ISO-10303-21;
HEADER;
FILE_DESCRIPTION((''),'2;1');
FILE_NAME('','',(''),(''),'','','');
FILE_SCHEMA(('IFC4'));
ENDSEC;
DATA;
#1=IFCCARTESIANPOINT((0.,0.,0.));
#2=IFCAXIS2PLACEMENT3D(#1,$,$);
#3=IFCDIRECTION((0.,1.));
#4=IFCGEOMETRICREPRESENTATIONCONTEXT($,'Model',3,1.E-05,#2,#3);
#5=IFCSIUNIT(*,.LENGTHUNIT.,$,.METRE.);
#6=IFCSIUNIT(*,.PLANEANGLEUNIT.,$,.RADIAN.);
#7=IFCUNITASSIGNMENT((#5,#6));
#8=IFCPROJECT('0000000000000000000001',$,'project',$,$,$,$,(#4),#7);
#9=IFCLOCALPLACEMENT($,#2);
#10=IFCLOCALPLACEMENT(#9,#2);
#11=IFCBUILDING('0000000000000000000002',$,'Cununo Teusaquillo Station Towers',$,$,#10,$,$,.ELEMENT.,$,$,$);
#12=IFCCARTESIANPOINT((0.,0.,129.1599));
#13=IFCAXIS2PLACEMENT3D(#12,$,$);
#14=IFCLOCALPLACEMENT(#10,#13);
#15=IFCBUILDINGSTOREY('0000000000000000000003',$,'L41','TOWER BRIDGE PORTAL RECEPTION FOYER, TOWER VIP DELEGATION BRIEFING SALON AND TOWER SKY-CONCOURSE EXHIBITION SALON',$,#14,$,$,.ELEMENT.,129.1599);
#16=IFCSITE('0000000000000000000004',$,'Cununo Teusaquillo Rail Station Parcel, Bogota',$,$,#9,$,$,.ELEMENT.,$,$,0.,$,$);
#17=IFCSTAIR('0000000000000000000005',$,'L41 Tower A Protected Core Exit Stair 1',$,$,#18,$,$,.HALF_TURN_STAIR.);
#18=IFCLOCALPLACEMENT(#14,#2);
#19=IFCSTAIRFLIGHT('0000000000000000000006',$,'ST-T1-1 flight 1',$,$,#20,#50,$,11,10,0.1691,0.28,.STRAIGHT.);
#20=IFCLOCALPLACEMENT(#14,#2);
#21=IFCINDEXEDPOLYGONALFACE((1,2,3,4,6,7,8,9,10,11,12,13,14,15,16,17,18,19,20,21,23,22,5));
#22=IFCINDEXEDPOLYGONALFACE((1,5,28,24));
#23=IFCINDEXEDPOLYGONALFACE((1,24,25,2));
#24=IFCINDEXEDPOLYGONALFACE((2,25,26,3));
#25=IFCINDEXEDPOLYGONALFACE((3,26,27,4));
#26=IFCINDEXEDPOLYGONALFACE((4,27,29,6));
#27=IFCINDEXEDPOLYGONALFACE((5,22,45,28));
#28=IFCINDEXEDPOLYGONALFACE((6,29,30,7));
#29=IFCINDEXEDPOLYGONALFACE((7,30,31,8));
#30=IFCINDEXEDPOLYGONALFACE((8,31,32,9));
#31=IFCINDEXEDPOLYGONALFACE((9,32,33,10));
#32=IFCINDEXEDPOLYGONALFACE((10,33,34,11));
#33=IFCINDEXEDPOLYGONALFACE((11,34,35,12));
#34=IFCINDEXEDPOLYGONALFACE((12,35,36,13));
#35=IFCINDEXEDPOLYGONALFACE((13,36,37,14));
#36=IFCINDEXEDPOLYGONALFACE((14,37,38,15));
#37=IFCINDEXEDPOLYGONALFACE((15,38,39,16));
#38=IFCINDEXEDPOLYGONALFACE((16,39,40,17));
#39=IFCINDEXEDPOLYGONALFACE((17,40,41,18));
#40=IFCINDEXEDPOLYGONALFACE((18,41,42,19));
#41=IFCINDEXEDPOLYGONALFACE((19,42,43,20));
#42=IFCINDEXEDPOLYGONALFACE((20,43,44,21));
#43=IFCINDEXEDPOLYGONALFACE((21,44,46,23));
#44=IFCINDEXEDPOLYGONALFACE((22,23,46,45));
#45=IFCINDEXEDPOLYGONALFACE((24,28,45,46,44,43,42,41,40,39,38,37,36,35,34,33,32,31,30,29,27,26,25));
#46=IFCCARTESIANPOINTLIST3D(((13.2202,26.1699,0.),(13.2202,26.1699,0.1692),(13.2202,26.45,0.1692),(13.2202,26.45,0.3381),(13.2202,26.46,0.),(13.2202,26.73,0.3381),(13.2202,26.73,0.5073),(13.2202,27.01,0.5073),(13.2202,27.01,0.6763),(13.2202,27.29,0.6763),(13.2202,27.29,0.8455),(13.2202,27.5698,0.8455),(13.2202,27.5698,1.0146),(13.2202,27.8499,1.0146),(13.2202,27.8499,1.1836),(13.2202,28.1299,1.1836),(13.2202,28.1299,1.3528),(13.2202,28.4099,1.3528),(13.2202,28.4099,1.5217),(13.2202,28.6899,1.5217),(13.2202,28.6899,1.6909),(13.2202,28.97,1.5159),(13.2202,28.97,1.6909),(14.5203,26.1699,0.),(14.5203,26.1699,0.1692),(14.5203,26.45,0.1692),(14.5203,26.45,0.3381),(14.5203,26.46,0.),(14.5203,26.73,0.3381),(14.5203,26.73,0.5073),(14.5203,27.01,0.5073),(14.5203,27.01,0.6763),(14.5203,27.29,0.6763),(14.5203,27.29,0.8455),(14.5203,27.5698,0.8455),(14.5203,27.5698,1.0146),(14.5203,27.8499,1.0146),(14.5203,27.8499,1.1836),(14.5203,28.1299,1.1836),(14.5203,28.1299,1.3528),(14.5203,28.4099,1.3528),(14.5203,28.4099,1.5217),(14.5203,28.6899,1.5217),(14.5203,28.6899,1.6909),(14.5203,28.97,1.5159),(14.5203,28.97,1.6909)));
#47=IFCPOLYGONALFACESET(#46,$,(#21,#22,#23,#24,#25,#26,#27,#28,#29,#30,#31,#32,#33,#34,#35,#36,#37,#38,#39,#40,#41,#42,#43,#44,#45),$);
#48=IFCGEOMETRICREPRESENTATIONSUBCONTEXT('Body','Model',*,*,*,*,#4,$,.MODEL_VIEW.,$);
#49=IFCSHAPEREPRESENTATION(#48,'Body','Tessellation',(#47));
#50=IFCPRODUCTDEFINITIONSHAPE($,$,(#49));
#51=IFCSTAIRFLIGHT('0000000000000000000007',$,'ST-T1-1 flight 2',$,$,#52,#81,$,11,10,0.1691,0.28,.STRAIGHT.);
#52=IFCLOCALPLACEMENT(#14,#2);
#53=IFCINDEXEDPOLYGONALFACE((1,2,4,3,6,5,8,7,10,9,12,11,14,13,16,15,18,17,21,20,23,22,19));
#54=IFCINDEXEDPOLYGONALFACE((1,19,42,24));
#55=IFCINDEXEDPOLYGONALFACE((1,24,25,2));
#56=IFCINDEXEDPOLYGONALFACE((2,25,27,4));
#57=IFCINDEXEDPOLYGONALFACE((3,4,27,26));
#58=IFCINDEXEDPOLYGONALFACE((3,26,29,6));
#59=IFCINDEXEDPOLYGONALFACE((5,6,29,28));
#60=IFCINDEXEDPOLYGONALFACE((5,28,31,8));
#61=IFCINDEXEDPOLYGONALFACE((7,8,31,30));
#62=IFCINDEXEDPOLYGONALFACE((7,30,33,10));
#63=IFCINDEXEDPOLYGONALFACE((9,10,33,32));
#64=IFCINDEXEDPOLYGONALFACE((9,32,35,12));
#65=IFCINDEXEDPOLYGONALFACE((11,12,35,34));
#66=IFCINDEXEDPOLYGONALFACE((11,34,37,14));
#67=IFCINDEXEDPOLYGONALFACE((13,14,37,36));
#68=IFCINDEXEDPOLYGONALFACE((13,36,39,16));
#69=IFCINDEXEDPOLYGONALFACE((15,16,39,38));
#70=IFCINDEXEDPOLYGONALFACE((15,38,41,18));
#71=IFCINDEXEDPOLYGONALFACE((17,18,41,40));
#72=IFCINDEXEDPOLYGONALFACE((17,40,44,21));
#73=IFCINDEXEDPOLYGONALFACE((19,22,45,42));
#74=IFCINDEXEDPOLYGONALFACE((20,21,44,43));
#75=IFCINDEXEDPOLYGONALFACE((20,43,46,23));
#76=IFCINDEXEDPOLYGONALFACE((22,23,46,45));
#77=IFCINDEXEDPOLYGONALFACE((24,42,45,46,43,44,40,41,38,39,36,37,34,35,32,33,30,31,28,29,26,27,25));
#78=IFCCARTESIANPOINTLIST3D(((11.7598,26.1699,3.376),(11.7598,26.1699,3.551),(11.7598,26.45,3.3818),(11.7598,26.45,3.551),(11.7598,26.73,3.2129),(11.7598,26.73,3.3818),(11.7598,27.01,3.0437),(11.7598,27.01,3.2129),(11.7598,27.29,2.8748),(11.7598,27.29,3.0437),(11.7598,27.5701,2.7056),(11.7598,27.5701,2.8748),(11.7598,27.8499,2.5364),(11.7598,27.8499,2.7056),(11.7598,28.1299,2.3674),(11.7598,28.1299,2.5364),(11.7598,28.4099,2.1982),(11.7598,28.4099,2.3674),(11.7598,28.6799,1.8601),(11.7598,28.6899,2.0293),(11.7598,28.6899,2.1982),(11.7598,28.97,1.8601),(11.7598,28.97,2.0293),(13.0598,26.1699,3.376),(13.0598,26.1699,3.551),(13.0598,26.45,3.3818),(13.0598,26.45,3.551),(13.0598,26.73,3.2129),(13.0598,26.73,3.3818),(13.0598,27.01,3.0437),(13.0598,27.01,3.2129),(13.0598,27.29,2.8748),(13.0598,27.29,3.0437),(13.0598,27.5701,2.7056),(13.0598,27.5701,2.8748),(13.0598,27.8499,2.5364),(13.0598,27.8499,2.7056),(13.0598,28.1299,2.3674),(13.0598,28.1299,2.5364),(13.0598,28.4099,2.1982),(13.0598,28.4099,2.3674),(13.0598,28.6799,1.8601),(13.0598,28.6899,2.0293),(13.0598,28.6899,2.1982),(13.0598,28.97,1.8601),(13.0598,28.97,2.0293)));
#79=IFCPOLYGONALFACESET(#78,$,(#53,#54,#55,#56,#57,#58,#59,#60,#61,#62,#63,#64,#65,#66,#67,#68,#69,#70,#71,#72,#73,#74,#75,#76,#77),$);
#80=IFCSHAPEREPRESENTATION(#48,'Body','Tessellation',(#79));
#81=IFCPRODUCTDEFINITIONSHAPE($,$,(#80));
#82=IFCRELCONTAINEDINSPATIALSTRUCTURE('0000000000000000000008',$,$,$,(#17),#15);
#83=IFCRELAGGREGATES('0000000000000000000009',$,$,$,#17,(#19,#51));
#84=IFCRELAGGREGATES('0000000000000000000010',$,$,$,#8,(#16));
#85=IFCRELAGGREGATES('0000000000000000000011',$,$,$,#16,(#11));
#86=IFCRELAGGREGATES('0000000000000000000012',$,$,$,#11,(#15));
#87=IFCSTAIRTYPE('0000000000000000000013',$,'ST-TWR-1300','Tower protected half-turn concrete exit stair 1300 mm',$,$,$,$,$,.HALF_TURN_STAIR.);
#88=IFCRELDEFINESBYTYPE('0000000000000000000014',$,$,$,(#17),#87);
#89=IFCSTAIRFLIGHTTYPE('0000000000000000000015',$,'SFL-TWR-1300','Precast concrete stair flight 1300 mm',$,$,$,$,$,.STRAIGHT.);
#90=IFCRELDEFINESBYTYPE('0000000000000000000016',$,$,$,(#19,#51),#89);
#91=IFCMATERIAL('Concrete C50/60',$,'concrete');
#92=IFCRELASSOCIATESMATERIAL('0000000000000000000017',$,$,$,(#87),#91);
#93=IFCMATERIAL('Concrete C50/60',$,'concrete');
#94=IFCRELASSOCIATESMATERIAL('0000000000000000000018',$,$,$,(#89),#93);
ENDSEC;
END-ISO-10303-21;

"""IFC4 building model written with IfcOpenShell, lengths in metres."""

from ifc_helpers import new_model, si_unit, direction, frame, origin, place, context, subcontext, project, spatial, polyline, outline, extrude, material, type_object, element, aggregate, save


model = new_model("IFC4")

# Units and contexts
model_context = context("Model", 3, precision=1e-05, world=origin(), true_north=direction((0.0, 1.0)))
body_context = subcontext(model_context, "Body", "Model", "MODEL_VIEW")
ifc_project = project(units=[si_unit("LENGTHUNIT", "METRE"), si_unit("PLANEANGLEUNIT", "RADIAN")], contexts=[model_context])

# Site, building, storey
site_placement = place(None, origin())
site = spatial("IfcSite", under=ifc_project, at=site_placement, Name="Cununo Teusaquillo Rail Station Parcel, Bogota", CompositionType="ELEMENT", RefElevation=0.0)
building_placement = place(site_placement, origin())
building = spatial("IfcBuilding", under=site, at=building_placement, Name="Cununo Teusaquillo Station Towers", CompositionType="ELEMENT")
storey_placement = place(building_placement, frame((0.0, 0.0, 129.1599)))
storey = spatial("IfcBuildingStorey", under=building, at=storey_placement, Name="L41", Description="TOWER BRIDGE PORTAL RECEPTION FOYER, TOWER VIP DELEGATION BRIEFING SALON AND TOWER SKY-CONCOURSE EXHIBITION SALON", CompositionType="ELEMENT", Elevation=129.1599)

# Stair, stair flights
ifc_material_1 = material(Name="Concrete C50/60", Category="concrete")
stair_type = type_object("IfcStairType", Name="ST-TWR-1300", Description="Tower protected half-turn concrete exit stair 1300 mm", PredefinedType="HALF_TURN_STAIR", material=ifc_material_1)
stair_placement = place(storey_placement, origin())
stair = element("IfcStair", 1, at=stair_placement, inside=storey, type_object=stair_type, Name="L41 Tower A Protected Core Exit Stair 1", PredefinedType="HALF_TURN_STAIR")
ifc_material_2 = material(Name="Concrete C50/60", Category="concrete")
stair_flight_type = type_object("IfcStairFlightType", Name="SFL-TWR-1300", Description="Precast concrete stair flight 1300 mm", PredefinedType="STRAIGHT", material=ifc_material_2)
stair_flight_1_placement = place(storey_placement, frame((13.8701, 26.1699, 0.0), z_axis=(0.0, 0.0, 1.0), x_axis=(0.0, 1.0, 0.0)))
stair_flight_1 = element("IfcStairFlight", 2, at=stair_flight_1_placement, type_object=stair_flight_type, Name="ST-T1-1 flight 1", NumberOfRisers=11, NumberOfTreads=10, PredefinedType="STRAIGHT", RiserHeight=0.1691, TreadLength=0.28, context=body_context, shape_type="SweptSolid", body=[
    extrude(outline(polyline([(0.0, 0.0), (0.0, 0.1692), (0.28, 0.1692), (0.28, 0.3381), (0.5601, 0.3381), (0.5601, 0.5073), (0.8401, 0.5073), (0.8401, 0.6763), (1.1201, 0.6763), (1.1201, 0.8455), (1.3999, 0.8455), (1.3999, 1.0146), (1.6799, 1.0146), (1.6799, 1.1836), (1.96, 1.1836), (1.96, 1.3528), (2.24, 1.3528), (2.24, 1.5217), (2.52, 1.5217), (2.52, 1.6909), (2.8, 1.6909), (2.8, 1.8601), (2.8, 1.5159), (0.29, 0.0), (0.0, 0.0)])), frame((0.0, 0.6499, 0.0), z_axis=(0.0, -1.0, 0.0), x_axis=(1.0, 0.0, 0.0)), (0.0, 0.0, 1.0), 1.3),
])
stair_flight_2_placement = place(storey_placement, frame((12.4099, 28.97, 1.8601), z_axis=(0.0, 0.0, 1.0), x_axis=(0.0, -1.0, 0.0)))
stair_flight_2 = element("IfcStairFlight", 3, at=stair_flight_2_placement, type_object=stair_flight_type, Name="ST-T1-1 flight 2", NumberOfRisers=11, NumberOfTreads=10, PredefinedType="STRAIGHT", RiserHeight=0.1691, TreadLength=0.28, context=body_context, shape_type="SweptSolid", body=[
    extrude(outline(polyline([(0.0, 0.0), (0.0, 0.1692), (0.28, 0.1692), (0.28, 0.3381), (0.5601, 0.3381), (0.5601, 0.5073), (0.8401, 0.5073), (0.8401, 0.6763), (1.1201, 0.6763), (1.1201, 0.8455), (1.3999, 0.8455), (1.3999, 1.0146), (1.6799, 1.0146), (1.6799, 1.1836), (1.96, 1.1836), (1.96, 1.3528), (2.24, 1.3528), (2.24, 1.5217), (2.52, 1.5217), (2.52, 1.6909), (2.8, 1.6909), (2.8, 1.8601), (2.8, 1.5159), (0.29, 0.0), (0.0, 0.0)])), frame((0.0, 0.6499, 0.0), z_axis=(0.0, -1.0, 0.0), x_axis=(1.0, 0.0, 0.0)), (0.0, 0.0, 1.0), 1.3),
])
aggregate(stair, [stair_flight_1, stair_flight_2])

save(model, "model.ifc")
